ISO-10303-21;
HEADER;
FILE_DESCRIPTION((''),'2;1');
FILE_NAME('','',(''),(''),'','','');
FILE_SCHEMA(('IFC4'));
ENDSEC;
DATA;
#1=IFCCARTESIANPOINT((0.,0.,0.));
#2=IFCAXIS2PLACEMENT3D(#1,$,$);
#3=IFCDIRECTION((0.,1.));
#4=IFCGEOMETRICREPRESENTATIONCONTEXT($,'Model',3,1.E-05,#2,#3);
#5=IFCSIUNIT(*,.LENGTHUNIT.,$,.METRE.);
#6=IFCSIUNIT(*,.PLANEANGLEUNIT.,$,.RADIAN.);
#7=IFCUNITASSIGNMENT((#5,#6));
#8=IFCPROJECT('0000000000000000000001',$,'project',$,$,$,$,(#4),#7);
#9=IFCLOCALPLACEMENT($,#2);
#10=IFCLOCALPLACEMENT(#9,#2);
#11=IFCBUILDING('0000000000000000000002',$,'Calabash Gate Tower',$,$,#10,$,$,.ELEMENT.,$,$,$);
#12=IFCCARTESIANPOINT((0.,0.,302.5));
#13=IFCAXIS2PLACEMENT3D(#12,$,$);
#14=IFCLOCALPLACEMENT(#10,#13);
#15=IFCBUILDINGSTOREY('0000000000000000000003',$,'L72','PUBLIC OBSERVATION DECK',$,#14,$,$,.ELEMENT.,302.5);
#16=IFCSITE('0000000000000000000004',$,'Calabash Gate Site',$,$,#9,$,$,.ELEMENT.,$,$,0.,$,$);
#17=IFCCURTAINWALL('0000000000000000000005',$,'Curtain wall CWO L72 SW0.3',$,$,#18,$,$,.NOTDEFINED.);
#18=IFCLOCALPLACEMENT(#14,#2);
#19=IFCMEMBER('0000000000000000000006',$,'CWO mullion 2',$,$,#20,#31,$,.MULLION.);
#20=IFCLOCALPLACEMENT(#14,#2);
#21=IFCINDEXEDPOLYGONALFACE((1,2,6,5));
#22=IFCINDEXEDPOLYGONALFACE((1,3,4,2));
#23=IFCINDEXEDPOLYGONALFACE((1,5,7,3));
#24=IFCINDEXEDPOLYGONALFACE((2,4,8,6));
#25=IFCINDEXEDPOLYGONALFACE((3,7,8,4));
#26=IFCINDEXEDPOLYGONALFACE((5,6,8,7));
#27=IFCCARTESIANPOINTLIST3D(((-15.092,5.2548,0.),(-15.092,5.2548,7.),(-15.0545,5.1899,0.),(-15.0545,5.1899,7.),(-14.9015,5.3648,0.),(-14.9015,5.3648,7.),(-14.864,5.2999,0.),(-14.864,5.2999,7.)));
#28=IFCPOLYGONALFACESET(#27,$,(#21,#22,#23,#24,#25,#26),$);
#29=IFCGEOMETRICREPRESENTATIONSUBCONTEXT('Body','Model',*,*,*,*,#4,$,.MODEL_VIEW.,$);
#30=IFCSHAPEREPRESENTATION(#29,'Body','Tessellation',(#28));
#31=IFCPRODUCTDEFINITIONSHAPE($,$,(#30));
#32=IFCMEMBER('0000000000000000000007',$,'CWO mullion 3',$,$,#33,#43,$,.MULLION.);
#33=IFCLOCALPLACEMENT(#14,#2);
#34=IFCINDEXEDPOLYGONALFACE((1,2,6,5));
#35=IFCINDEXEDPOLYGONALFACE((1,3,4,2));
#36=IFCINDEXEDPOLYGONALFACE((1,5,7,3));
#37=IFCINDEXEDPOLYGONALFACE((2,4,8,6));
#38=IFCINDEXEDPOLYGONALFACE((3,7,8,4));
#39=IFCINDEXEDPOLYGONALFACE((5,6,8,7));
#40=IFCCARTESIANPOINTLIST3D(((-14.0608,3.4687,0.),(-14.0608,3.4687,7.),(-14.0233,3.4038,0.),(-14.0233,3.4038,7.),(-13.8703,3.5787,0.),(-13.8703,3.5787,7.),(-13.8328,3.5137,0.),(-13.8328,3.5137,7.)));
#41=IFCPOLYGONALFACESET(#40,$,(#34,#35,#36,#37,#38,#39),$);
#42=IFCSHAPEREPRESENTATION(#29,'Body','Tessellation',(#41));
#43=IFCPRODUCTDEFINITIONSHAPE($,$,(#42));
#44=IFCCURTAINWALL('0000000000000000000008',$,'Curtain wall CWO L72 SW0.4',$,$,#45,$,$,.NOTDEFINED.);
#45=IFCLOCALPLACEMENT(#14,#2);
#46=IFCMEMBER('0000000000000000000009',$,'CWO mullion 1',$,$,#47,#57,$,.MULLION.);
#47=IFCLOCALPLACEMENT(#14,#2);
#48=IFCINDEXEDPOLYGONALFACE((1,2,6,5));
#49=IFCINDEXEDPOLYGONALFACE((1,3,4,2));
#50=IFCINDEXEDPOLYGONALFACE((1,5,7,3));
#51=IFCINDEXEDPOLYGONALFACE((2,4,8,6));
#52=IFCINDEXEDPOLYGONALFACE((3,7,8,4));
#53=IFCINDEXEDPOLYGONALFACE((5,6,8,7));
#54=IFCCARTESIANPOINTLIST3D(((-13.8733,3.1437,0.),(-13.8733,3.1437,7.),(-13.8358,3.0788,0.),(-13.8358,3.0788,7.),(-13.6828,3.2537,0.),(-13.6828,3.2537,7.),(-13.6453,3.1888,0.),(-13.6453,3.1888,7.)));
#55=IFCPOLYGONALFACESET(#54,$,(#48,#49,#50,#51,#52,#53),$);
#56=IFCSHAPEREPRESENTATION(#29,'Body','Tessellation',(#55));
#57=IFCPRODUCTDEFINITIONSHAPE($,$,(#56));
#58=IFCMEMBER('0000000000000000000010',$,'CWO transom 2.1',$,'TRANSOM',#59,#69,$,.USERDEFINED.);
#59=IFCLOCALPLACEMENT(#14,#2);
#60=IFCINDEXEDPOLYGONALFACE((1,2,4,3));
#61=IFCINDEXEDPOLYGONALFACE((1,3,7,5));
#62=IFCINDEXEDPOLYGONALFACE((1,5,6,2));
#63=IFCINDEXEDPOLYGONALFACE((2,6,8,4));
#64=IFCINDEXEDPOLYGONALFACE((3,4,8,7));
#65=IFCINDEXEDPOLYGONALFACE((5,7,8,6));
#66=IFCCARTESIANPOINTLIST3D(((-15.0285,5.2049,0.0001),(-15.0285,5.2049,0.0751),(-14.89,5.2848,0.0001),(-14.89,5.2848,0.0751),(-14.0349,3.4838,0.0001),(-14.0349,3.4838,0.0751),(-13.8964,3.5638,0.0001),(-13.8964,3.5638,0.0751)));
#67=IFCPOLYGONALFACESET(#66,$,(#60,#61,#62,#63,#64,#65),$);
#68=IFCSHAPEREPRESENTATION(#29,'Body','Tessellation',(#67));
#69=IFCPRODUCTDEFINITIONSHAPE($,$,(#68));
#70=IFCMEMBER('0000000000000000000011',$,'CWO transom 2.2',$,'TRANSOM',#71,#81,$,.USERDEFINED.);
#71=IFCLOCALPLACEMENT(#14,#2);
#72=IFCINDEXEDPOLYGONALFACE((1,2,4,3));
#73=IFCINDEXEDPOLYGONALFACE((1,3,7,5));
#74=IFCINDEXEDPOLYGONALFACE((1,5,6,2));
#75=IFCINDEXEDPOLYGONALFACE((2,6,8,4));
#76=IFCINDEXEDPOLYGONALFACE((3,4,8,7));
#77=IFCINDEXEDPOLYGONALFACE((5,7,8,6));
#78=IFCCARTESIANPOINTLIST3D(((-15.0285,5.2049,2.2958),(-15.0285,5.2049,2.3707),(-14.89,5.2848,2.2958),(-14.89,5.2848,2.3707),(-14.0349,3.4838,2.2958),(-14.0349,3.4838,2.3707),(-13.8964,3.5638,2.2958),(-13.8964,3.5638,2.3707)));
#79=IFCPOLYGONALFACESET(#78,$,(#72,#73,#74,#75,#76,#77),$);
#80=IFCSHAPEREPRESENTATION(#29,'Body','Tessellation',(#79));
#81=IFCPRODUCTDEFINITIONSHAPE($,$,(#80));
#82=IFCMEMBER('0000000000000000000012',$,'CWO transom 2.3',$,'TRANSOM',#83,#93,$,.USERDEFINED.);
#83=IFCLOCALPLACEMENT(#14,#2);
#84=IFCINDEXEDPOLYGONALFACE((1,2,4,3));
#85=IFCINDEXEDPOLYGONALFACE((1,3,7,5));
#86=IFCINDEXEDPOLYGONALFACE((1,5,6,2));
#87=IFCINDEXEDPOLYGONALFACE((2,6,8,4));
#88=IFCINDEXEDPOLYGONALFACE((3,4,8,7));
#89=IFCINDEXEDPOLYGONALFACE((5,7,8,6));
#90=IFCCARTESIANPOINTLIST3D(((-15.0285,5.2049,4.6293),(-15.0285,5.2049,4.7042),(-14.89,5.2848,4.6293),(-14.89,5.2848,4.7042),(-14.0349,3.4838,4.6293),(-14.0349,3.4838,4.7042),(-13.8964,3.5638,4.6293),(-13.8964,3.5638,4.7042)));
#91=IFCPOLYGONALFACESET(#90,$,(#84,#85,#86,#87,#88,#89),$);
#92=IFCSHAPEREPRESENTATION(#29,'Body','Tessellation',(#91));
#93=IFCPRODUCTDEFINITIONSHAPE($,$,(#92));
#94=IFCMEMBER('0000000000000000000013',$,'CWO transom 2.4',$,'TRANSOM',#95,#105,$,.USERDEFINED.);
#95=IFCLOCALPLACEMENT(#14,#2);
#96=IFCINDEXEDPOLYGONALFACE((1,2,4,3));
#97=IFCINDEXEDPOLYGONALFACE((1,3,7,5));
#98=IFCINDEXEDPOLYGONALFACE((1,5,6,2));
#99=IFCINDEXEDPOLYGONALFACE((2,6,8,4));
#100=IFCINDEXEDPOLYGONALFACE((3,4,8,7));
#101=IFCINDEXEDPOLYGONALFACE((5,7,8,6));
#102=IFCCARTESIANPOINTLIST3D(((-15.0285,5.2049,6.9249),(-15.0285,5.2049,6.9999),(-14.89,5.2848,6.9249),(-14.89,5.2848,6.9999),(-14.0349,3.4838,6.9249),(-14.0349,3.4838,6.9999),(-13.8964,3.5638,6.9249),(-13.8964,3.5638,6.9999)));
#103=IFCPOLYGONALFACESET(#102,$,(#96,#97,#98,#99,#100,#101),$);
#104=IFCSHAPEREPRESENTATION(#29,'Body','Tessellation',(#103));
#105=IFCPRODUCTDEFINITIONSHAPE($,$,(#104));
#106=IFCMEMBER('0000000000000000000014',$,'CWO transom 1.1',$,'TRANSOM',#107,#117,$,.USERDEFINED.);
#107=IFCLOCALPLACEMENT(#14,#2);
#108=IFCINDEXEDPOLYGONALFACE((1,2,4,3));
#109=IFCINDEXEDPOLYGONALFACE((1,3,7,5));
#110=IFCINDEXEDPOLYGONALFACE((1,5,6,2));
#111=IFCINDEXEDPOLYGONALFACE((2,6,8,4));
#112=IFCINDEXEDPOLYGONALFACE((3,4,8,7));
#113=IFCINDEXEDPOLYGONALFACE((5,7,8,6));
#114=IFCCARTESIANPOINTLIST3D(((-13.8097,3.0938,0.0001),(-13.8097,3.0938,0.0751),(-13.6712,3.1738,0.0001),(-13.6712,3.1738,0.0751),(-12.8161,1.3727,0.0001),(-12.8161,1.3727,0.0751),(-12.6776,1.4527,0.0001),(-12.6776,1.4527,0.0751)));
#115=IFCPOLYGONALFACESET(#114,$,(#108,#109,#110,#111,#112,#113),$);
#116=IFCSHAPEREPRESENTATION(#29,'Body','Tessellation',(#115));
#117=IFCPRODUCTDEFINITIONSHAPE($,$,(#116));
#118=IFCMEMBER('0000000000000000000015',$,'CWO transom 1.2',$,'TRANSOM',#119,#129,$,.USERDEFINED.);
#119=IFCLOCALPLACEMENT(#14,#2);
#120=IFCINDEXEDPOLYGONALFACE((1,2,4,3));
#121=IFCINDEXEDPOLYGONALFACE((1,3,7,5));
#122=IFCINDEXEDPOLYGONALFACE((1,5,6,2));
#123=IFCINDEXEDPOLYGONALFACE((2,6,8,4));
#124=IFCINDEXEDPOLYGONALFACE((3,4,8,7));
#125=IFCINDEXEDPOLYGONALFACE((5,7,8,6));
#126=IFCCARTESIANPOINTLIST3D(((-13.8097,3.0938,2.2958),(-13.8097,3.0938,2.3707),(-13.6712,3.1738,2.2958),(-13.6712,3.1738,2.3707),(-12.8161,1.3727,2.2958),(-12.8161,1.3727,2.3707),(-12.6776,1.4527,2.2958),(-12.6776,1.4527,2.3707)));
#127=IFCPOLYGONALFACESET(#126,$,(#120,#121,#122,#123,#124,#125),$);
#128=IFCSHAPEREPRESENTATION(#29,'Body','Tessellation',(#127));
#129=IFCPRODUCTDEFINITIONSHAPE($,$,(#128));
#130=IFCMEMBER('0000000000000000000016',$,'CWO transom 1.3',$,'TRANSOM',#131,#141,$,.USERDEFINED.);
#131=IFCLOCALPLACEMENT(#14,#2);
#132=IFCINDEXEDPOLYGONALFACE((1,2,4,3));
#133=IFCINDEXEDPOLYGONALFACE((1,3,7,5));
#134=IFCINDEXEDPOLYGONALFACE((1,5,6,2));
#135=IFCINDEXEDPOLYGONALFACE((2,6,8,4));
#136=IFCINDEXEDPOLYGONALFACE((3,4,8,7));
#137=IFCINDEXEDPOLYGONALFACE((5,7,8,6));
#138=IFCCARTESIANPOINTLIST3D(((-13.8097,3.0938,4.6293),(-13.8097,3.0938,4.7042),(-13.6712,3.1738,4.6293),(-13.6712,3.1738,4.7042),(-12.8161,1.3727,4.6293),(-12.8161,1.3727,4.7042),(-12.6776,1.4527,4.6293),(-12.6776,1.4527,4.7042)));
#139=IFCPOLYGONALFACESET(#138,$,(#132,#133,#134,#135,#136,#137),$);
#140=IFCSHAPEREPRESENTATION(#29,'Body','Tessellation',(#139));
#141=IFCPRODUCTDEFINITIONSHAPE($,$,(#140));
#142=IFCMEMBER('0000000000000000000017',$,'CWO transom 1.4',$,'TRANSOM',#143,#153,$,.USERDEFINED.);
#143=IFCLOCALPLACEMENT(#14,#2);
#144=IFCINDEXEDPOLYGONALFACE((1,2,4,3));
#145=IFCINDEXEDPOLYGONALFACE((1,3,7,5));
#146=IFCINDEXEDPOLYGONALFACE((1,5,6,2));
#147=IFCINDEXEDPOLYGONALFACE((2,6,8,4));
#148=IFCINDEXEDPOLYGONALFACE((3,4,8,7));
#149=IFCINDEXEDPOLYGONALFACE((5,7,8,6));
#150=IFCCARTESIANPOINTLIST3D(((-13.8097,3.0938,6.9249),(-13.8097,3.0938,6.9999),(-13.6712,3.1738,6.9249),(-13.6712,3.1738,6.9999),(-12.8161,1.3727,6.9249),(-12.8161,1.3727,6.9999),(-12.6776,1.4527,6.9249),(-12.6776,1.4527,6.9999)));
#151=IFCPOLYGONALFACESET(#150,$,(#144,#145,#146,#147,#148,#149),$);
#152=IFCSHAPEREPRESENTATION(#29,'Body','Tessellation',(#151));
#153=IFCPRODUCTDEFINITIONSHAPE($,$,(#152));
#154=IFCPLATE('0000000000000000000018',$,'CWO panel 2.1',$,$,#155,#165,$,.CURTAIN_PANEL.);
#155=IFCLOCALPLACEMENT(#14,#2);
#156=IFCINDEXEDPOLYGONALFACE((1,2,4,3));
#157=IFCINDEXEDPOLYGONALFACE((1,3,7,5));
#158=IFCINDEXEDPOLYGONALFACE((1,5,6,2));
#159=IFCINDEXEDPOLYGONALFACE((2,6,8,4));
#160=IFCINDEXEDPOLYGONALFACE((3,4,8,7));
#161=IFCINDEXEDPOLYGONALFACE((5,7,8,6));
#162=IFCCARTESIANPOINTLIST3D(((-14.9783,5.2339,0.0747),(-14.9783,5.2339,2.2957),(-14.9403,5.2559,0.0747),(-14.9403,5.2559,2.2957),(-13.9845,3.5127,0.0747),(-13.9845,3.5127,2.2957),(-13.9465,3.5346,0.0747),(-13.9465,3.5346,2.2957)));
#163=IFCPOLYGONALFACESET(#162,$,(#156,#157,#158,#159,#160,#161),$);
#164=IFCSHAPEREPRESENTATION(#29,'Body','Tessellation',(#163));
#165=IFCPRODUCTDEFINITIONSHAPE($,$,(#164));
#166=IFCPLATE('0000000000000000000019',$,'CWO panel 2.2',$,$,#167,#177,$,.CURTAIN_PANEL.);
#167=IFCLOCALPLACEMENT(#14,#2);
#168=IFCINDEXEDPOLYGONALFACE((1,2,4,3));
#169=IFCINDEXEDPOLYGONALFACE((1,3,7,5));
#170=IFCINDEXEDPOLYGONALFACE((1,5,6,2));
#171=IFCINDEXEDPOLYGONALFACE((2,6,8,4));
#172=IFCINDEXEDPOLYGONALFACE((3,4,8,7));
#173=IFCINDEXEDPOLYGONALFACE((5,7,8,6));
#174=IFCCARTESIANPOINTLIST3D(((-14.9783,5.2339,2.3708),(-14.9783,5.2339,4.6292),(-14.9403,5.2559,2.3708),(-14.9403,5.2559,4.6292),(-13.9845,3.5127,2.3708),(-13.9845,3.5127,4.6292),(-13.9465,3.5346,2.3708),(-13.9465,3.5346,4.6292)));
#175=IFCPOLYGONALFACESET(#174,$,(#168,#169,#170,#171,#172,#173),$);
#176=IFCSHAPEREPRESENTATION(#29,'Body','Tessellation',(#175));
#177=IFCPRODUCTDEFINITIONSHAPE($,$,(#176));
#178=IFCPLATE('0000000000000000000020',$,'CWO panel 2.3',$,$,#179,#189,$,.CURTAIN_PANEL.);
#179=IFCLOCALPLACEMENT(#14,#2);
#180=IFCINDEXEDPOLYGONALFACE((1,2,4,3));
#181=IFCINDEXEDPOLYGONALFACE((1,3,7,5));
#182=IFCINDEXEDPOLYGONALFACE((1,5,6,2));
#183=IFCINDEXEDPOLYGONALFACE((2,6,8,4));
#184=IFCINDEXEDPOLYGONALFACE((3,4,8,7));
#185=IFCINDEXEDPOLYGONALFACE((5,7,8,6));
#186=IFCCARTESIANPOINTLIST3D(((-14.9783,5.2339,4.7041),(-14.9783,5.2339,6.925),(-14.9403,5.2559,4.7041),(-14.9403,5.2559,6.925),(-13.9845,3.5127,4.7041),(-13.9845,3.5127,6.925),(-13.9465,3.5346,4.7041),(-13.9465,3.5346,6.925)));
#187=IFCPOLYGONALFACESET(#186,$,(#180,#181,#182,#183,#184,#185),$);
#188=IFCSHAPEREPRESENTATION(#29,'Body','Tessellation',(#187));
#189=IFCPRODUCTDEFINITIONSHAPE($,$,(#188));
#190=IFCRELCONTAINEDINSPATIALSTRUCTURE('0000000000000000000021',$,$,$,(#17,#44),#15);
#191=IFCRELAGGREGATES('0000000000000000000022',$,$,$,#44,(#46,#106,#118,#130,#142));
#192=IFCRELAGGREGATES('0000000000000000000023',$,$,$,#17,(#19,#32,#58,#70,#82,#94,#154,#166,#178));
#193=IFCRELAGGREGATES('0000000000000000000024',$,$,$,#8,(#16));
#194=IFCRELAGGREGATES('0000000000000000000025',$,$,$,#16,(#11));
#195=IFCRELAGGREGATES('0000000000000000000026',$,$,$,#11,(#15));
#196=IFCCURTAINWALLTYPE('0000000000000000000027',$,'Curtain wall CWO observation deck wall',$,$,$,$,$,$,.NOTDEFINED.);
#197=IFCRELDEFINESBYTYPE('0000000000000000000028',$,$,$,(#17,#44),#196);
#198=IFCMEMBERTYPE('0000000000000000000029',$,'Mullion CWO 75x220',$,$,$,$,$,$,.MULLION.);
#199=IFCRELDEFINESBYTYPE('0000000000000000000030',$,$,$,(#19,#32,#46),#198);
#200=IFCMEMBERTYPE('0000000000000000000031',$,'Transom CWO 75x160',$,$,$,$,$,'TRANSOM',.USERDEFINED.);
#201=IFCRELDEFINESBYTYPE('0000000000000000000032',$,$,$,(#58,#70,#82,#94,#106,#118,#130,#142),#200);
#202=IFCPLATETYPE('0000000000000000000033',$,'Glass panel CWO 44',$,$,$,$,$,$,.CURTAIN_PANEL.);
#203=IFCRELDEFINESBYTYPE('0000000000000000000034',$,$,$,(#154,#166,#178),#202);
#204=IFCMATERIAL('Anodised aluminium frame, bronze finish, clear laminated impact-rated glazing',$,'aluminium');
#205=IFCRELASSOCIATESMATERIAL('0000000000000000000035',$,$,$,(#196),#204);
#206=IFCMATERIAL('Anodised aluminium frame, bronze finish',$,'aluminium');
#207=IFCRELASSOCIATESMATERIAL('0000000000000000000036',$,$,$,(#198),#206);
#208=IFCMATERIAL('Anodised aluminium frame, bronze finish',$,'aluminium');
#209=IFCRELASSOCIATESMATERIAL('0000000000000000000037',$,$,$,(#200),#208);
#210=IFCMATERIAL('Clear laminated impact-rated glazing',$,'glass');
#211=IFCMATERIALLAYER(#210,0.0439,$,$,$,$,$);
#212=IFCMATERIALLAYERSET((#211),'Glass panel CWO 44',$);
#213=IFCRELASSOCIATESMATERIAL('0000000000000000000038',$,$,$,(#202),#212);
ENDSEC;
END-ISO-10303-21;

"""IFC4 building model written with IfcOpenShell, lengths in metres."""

from ifc_helpers import new_model, si_unit, direction, frame, origin, origin_2d, place, context, subcontext, project, spatial, rectangle, extrude, material, layer, layer_set, material_profile, profile_set, type_object, element, aggregate, save


model = new_model("IFC4")

# Units and contexts
model_context = context("Model", 3, precision=1e-05, world=origin(), true_north=direction((0.0, 1.0)))
body_context = subcontext(model_context, "Body", "Model", "MODEL_VIEW")
ifc_project = project(units=[si_unit("LENGTHUNIT", "METRE"), si_unit("PLANEANGLEUNIT", "RADIAN")], contexts=[model_context])

# Site, building, storey
site_placement = place(None, origin())
site = spatial("IfcSite", under=ifc_project, at=site_placement, Name="Calabash Gate Site", CompositionType="ELEMENT", RefElevation=0.0)
building_placement = place(site_placement, origin())
building = spatial("IfcBuilding", under=site, at=building_placement, Name="Calabash Gate Tower", CompositionType="ELEMENT")
storey_placement = place(building_placement, frame((0.0, 0.0, 302.5)))
storey = spatial("IfcBuildingStorey", under=building, at=storey_placement, Name="L72", Description="PUBLIC OBSERVATION DECK", CompositionType="ELEMENT", Elevation=302.5)

# Curtain wall, members
ifc_material_1 = material(Name="Anodised aluminium frame, bronze finish, clear laminated impact-rated glazing", Category="aluminium")
curtain_wall_type = type_object("IfcCurtainWallType", Name="Curtain wall CWO observation deck wall", PredefinedType="NOTDEFINED", material=ifc_material_1)
curtain_wall_1_placement = place(storey_placement, origin())
curtain_wall_1 = element("IfcCurtainWall", 1, at=curtain_wall_1_placement, inside=storey, type_object=curtain_wall_type, Name="Curtain wall CWO L72 SW0.3", PredefinedType="NOTDEFINED")
ifc_material_2 = material(Name="Anodised aluminium frame, bronze finish", Category="aluminium")
ifc_material_profile_1 = material_profile(ifc_material_2, rectangle(XDim=0.22, YDim=0.075, at=origin_2d()))
ifc_profile_set_1 = profile_set([ifc_material_profile_1], Name="Anodised aluminium frame, bronze finish")
member_type_1 = type_object("IfcMemberType", Name="Mullion CWO 75x220", PredefinedType="MULLION", material=ifc_profile_set_1)
member_1_placement = place(storey_placement, frame((-14.978, 5.2773, 0.0), z_axis=(0.0, 0.0, 1.0), x_axis=(0.866025, 0.5, 0.0)))
member_1 = element("IfcMember", 2, at=member_1_placement, type_object=member_type_1, Name="CWO mullion 2", PredefinedType="MULLION", context=body_context, shape_type="SweptSolid", body=[
    extrude(rectangle(XDim=0.22, YDim=0.075, at=origin_2d()), origin(), (0.0, 0.0, 1.0), 7.0),
])
member_2_placement = place(storey_placement, frame((-13.9468, 3.4912, 0.0), z_axis=(0.0, 0.0, 1.0), x_axis=(0.866025, 0.5, 0.0)))
member_2 = element("IfcMember", 3, at=member_2_placement, type_object=member_type_1, Name="CWO mullion 3", PredefinedType="MULLION", context=body_context, shape_type="SweptSolid", body=[
    extrude(rectangle(XDim=0.22, YDim=0.075, at=origin_2d()), origin(), (0.0, 0.0, 1.0), 7.0),
])

# Curtain wall, member
curtain_wall_2_placement = place(storey_placement, origin())
curtain_wall_2 = element("IfcCurtainWall", 4, at=curtain_wall_2_placement, inside=storey, type_object=curtain_wall_type, Name="Curtain wall CWO L72 SW0.4", PredefinedType="NOTDEFINED")
member_3_placement = place(storey_placement, frame((-13.7593, 3.1663, 0.0), z_axis=(0.0, 0.0, 1.0), x_axis=(0.866025, 0.5, 0.0)))
member_3 = element("IfcMember", 5, at=member_3_placement, type_object=member_type_1, Name="CWO mullion 1", PredefinedType="MULLION", context=body_context, shape_type="SweptSolid", body=[
    extrude(rectangle(XDim=0.22, YDim=0.075, at=origin_2d()), origin(), (0.0, 0.0, 1.0), 7.0),
])

# Members
ifc_material_3 = material(Name="Anodised aluminium frame, bronze finish", Category="aluminium")
ifc_material_profile_2 = material_profile(ifc_material_3, rectangle(XDim=0.1599, YDim=0.075, at=origin_2d()))
ifc_profile_set_2 = profile_set([ifc_material_profile_2], Name="Anodised aluminium frame, bronze finish")
member_type_2 = type_object("IfcMemberType", Name="Transom CWO 75x160", ElementType="TRANSOM", PredefinedType="USERDEFINED", material=ifc_profile_set_2)
member_4_placement = place(storey_placement, frame((-14.9592, 5.2449, 0.0376), z_axis=(0.499971, -0.866042, 0.0), x_axis=(0.866042, 0.499971, 0.0)))
member_4 = element("IfcMember", 6, at=member_4_placement, type_object=member_type_2, Name="CWO transom 2.1", ObjectType="TRANSOM", PredefinedType="USERDEFINED", context=body_context, shape_type="SweptSolid", body=[
    extrude(rectangle(XDim=0.1599, YDim=0.075, at=origin_2d()), origin(), (0.0, 0.0, 1.0), 1.9873),
])
member_5_placement = place(storey_placement, frame((-14.9592, 5.2449, 2.3333), z_axis=(0.499971, -0.866042, 0.0), x_axis=(0.866042, 0.499971, 0.0)))
member_5 = element("IfcMember", 7, at=member_5_placement, type_object=member_type_2, Name="CWO transom 2.2", ObjectType="TRANSOM", PredefinedType="USERDEFINED", context=body_context, shape_type="SweptSolid", body=[
    extrude(rectangle(XDim=0.1599, YDim=0.075, at=origin_2d()), origin(), (0.0, 0.0, 1.0), 1.9873),
])
member_6_placement = place(storey_placement, frame((-14.9592, 5.2449, 4.6667), z_axis=(0.499971, -0.866042, 0.0), x_axis=(0.866042, 0.499971, 0.0)))
member_6 = element("IfcMember", 8, at=member_6_placement, type_object=member_type_2, Name="CWO transom 2.3", ObjectType="TRANSOM", PredefinedType="USERDEFINED", context=body_context, shape_type="SweptSolid", body=[
    extrude(rectangle(XDim=0.1599, YDim=0.075, at=origin_2d()), origin(), (0.0, 0.0, 1.0), 1.9873),
])
member_7_placement = place(storey_placement, frame((-14.9592, 5.2449, 6.9624), z_axis=(0.499971, -0.866042, 0.0), x_axis=(0.866042, 0.499971, 0.0)))
member_7 = element("IfcMember", 9, at=member_7_placement, type_object=member_type_2, Name="CWO transom 2.4", ObjectType="TRANSOM", PredefinedType="USERDEFINED", context=body_context, shape_type="SweptSolid", body=[
    extrude(rectangle(XDim=0.1599, YDim=0.075, at=origin_2d()), origin(), (0.0, 0.0, 1.0), 1.9873),
])
member_8_placement = place(storey_placement, frame((-13.7405, 3.1338, 0.0376), z_axis=(0.499971, -0.866042, 0.0), x_axis=(0.866042, 0.499971, 0.0)))
member_8 = element("IfcMember", 10, at=member_8_placement, type_object=member_type_2, Name="CWO transom 1.1", ObjectType="TRANSOM", PredefinedType="USERDEFINED", context=body_context, shape_type="SweptSolid", body=[
    extrude(rectangle(XDim=0.1599, YDim=0.075, at=origin_2d()), origin(), (0.0, 0.0, 1.0), 1.9873),
])
member_9_placement = place(storey_placement, frame((-13.7405, 3.1338, 2.3333), z_axis=(0.499971, -0.866042, 0.0), x_axis=(0.866042, 0.499971, 0.0)))
member_9 = element("IfcMember", 11, at=member_9_placement, type_object=member_type_2, Name="CWO transom 1.2", ObjectType="TRANSOM", PredefinedType="USERDEFINED", context=body_context, shape_type="SweptSolid", body=[
    extrude(rectangle(XDim=0.1599, YDim=0.075, at=origin_2d()), origin(), (0.0, 0.0, 1.0), 1.9873),
])
member_10_placement = place(storey_placement, frame((-13.7405, 3.1338, 4.6667), z_axis=(0.499971, -0.866042, 0.0), x_axis=(0.866042, 0.499971, 0.0)))
member_10 = element("IfcMember", 12, at=member_10_placement, type_object=member_type_2, Name="CWO transom 1.3", ObjectType="TRANSOM", PredefinedType="USERDEFINED", context=body_context, shape_type="SweptSolid", body=[
    extrude(rectangle(XDim=0.1599, YDim=0.075, at=origin_2d()), origin(), (0.0, 0.0, 1.0), 1.9873),
])
member_11_placement = place(storey_placement, frame((-13.7405, 3.1338, 6.9624), z_axis=(0.499971, -0.866042, 0.0), x_axis=(0.866042, 0.499971, 0.0)))
member_11 = element("IfcMember", 13, at=member_11_placement, type_object=member_type_2, Name="CWO transom 1.4", ObjectType="TRANSOM", PredefinedType="USERDEFINED", context=body_context, shape_type="SweptSolid", body=[
    extrude(rectangle(XDim=0.1599, YDim=0.075, at=origin_2d()), origin(), (0.0, 0.0, 1.0), 1.9873),
])
aggregate(curtain_wall_2, [member_3, member_8, member_9, member_10, member_11])

# Plates
ifc_material_4 = material(Name="Clear laminated impact-rated glazing", Category="glass")
ifc_layer_1 = layer(ifc_material_4, 0.0439)
ifc_layer_set_1 = layer_set([ifc_layer_1], Name="Glass panel CWO 44")
plate_type = type_object("IfcPlateType", Name="Glass panel CWO 44", PredefinedType="CURTAIN_PANEL", material=ifc_layer_set_1)
plate_1_placement = place(storey_placement, frame((-14.4624, 4.3843, 0.0747), z_axis=(0.0, 0.0, 1.0), x_axis=(0.5, -0.866025, 0.0)))
plate_1 = element("IfcPlate", 14, at=plate_1_placement, type_object=plate_type, Name="CWO panel 2.1", PredefinedType="CURTAIN_PANEL", context=body_context, shape_type="SweptSolid", body=[
    extrude(rectangle(XDim=1.9875, YDim=0.0439, at=origin_2d()), origin(), (0.0, 0.0, 1.0), 2.2209),
])
plate_2_placement = place(storey_placement, frame((-14.4624, 4.3843, 2.3708), z_axis=(0.0, 0.0, 1.0), x_axis=(0.5, -0.866025, 0.0)))
plate_2 = element("IfcPlate", 15, at=plate_2_placement, type_object=plate_type, Name="CWO panel 2.2", PredefinedType="CURTAIN_PANEL", context=body_context, shape_type="SweptSolid", body=[
    extrude(rectangle(XDim=1.9875, YDim=0.0439, at=origin_2d()), origin(), (0.0, 0.0, 1.0), 2.2583),
])
plate_3_placement = place(storey_placement, frame((-14.4624, 4.3843, 4.7041), z_axis=(0.0, 0.0, 1.0), x_axis=(0.5, -0.866025, 0.0)))
plate_3 = element("IfcPlate", 16, at=plate_3_placement, type_object=plate_type, Name="CWO panel 2.3", PredefinedType="CURTAIN_PANEL", context=body_context, shape_type="SweptSolid", body=[
    extrude(rectangle(XDim=1.9875, YDim=0.0439, at=origin_2d()), origin(), (0.0, 0.0, 1.0), 2.2209),
])
aggregate(curtain_wall_1, [member_1, member_2, member_4, member_5, member_6, member_7, plate_1, plate_2, plate_3])

save(model, "model.ifc")
